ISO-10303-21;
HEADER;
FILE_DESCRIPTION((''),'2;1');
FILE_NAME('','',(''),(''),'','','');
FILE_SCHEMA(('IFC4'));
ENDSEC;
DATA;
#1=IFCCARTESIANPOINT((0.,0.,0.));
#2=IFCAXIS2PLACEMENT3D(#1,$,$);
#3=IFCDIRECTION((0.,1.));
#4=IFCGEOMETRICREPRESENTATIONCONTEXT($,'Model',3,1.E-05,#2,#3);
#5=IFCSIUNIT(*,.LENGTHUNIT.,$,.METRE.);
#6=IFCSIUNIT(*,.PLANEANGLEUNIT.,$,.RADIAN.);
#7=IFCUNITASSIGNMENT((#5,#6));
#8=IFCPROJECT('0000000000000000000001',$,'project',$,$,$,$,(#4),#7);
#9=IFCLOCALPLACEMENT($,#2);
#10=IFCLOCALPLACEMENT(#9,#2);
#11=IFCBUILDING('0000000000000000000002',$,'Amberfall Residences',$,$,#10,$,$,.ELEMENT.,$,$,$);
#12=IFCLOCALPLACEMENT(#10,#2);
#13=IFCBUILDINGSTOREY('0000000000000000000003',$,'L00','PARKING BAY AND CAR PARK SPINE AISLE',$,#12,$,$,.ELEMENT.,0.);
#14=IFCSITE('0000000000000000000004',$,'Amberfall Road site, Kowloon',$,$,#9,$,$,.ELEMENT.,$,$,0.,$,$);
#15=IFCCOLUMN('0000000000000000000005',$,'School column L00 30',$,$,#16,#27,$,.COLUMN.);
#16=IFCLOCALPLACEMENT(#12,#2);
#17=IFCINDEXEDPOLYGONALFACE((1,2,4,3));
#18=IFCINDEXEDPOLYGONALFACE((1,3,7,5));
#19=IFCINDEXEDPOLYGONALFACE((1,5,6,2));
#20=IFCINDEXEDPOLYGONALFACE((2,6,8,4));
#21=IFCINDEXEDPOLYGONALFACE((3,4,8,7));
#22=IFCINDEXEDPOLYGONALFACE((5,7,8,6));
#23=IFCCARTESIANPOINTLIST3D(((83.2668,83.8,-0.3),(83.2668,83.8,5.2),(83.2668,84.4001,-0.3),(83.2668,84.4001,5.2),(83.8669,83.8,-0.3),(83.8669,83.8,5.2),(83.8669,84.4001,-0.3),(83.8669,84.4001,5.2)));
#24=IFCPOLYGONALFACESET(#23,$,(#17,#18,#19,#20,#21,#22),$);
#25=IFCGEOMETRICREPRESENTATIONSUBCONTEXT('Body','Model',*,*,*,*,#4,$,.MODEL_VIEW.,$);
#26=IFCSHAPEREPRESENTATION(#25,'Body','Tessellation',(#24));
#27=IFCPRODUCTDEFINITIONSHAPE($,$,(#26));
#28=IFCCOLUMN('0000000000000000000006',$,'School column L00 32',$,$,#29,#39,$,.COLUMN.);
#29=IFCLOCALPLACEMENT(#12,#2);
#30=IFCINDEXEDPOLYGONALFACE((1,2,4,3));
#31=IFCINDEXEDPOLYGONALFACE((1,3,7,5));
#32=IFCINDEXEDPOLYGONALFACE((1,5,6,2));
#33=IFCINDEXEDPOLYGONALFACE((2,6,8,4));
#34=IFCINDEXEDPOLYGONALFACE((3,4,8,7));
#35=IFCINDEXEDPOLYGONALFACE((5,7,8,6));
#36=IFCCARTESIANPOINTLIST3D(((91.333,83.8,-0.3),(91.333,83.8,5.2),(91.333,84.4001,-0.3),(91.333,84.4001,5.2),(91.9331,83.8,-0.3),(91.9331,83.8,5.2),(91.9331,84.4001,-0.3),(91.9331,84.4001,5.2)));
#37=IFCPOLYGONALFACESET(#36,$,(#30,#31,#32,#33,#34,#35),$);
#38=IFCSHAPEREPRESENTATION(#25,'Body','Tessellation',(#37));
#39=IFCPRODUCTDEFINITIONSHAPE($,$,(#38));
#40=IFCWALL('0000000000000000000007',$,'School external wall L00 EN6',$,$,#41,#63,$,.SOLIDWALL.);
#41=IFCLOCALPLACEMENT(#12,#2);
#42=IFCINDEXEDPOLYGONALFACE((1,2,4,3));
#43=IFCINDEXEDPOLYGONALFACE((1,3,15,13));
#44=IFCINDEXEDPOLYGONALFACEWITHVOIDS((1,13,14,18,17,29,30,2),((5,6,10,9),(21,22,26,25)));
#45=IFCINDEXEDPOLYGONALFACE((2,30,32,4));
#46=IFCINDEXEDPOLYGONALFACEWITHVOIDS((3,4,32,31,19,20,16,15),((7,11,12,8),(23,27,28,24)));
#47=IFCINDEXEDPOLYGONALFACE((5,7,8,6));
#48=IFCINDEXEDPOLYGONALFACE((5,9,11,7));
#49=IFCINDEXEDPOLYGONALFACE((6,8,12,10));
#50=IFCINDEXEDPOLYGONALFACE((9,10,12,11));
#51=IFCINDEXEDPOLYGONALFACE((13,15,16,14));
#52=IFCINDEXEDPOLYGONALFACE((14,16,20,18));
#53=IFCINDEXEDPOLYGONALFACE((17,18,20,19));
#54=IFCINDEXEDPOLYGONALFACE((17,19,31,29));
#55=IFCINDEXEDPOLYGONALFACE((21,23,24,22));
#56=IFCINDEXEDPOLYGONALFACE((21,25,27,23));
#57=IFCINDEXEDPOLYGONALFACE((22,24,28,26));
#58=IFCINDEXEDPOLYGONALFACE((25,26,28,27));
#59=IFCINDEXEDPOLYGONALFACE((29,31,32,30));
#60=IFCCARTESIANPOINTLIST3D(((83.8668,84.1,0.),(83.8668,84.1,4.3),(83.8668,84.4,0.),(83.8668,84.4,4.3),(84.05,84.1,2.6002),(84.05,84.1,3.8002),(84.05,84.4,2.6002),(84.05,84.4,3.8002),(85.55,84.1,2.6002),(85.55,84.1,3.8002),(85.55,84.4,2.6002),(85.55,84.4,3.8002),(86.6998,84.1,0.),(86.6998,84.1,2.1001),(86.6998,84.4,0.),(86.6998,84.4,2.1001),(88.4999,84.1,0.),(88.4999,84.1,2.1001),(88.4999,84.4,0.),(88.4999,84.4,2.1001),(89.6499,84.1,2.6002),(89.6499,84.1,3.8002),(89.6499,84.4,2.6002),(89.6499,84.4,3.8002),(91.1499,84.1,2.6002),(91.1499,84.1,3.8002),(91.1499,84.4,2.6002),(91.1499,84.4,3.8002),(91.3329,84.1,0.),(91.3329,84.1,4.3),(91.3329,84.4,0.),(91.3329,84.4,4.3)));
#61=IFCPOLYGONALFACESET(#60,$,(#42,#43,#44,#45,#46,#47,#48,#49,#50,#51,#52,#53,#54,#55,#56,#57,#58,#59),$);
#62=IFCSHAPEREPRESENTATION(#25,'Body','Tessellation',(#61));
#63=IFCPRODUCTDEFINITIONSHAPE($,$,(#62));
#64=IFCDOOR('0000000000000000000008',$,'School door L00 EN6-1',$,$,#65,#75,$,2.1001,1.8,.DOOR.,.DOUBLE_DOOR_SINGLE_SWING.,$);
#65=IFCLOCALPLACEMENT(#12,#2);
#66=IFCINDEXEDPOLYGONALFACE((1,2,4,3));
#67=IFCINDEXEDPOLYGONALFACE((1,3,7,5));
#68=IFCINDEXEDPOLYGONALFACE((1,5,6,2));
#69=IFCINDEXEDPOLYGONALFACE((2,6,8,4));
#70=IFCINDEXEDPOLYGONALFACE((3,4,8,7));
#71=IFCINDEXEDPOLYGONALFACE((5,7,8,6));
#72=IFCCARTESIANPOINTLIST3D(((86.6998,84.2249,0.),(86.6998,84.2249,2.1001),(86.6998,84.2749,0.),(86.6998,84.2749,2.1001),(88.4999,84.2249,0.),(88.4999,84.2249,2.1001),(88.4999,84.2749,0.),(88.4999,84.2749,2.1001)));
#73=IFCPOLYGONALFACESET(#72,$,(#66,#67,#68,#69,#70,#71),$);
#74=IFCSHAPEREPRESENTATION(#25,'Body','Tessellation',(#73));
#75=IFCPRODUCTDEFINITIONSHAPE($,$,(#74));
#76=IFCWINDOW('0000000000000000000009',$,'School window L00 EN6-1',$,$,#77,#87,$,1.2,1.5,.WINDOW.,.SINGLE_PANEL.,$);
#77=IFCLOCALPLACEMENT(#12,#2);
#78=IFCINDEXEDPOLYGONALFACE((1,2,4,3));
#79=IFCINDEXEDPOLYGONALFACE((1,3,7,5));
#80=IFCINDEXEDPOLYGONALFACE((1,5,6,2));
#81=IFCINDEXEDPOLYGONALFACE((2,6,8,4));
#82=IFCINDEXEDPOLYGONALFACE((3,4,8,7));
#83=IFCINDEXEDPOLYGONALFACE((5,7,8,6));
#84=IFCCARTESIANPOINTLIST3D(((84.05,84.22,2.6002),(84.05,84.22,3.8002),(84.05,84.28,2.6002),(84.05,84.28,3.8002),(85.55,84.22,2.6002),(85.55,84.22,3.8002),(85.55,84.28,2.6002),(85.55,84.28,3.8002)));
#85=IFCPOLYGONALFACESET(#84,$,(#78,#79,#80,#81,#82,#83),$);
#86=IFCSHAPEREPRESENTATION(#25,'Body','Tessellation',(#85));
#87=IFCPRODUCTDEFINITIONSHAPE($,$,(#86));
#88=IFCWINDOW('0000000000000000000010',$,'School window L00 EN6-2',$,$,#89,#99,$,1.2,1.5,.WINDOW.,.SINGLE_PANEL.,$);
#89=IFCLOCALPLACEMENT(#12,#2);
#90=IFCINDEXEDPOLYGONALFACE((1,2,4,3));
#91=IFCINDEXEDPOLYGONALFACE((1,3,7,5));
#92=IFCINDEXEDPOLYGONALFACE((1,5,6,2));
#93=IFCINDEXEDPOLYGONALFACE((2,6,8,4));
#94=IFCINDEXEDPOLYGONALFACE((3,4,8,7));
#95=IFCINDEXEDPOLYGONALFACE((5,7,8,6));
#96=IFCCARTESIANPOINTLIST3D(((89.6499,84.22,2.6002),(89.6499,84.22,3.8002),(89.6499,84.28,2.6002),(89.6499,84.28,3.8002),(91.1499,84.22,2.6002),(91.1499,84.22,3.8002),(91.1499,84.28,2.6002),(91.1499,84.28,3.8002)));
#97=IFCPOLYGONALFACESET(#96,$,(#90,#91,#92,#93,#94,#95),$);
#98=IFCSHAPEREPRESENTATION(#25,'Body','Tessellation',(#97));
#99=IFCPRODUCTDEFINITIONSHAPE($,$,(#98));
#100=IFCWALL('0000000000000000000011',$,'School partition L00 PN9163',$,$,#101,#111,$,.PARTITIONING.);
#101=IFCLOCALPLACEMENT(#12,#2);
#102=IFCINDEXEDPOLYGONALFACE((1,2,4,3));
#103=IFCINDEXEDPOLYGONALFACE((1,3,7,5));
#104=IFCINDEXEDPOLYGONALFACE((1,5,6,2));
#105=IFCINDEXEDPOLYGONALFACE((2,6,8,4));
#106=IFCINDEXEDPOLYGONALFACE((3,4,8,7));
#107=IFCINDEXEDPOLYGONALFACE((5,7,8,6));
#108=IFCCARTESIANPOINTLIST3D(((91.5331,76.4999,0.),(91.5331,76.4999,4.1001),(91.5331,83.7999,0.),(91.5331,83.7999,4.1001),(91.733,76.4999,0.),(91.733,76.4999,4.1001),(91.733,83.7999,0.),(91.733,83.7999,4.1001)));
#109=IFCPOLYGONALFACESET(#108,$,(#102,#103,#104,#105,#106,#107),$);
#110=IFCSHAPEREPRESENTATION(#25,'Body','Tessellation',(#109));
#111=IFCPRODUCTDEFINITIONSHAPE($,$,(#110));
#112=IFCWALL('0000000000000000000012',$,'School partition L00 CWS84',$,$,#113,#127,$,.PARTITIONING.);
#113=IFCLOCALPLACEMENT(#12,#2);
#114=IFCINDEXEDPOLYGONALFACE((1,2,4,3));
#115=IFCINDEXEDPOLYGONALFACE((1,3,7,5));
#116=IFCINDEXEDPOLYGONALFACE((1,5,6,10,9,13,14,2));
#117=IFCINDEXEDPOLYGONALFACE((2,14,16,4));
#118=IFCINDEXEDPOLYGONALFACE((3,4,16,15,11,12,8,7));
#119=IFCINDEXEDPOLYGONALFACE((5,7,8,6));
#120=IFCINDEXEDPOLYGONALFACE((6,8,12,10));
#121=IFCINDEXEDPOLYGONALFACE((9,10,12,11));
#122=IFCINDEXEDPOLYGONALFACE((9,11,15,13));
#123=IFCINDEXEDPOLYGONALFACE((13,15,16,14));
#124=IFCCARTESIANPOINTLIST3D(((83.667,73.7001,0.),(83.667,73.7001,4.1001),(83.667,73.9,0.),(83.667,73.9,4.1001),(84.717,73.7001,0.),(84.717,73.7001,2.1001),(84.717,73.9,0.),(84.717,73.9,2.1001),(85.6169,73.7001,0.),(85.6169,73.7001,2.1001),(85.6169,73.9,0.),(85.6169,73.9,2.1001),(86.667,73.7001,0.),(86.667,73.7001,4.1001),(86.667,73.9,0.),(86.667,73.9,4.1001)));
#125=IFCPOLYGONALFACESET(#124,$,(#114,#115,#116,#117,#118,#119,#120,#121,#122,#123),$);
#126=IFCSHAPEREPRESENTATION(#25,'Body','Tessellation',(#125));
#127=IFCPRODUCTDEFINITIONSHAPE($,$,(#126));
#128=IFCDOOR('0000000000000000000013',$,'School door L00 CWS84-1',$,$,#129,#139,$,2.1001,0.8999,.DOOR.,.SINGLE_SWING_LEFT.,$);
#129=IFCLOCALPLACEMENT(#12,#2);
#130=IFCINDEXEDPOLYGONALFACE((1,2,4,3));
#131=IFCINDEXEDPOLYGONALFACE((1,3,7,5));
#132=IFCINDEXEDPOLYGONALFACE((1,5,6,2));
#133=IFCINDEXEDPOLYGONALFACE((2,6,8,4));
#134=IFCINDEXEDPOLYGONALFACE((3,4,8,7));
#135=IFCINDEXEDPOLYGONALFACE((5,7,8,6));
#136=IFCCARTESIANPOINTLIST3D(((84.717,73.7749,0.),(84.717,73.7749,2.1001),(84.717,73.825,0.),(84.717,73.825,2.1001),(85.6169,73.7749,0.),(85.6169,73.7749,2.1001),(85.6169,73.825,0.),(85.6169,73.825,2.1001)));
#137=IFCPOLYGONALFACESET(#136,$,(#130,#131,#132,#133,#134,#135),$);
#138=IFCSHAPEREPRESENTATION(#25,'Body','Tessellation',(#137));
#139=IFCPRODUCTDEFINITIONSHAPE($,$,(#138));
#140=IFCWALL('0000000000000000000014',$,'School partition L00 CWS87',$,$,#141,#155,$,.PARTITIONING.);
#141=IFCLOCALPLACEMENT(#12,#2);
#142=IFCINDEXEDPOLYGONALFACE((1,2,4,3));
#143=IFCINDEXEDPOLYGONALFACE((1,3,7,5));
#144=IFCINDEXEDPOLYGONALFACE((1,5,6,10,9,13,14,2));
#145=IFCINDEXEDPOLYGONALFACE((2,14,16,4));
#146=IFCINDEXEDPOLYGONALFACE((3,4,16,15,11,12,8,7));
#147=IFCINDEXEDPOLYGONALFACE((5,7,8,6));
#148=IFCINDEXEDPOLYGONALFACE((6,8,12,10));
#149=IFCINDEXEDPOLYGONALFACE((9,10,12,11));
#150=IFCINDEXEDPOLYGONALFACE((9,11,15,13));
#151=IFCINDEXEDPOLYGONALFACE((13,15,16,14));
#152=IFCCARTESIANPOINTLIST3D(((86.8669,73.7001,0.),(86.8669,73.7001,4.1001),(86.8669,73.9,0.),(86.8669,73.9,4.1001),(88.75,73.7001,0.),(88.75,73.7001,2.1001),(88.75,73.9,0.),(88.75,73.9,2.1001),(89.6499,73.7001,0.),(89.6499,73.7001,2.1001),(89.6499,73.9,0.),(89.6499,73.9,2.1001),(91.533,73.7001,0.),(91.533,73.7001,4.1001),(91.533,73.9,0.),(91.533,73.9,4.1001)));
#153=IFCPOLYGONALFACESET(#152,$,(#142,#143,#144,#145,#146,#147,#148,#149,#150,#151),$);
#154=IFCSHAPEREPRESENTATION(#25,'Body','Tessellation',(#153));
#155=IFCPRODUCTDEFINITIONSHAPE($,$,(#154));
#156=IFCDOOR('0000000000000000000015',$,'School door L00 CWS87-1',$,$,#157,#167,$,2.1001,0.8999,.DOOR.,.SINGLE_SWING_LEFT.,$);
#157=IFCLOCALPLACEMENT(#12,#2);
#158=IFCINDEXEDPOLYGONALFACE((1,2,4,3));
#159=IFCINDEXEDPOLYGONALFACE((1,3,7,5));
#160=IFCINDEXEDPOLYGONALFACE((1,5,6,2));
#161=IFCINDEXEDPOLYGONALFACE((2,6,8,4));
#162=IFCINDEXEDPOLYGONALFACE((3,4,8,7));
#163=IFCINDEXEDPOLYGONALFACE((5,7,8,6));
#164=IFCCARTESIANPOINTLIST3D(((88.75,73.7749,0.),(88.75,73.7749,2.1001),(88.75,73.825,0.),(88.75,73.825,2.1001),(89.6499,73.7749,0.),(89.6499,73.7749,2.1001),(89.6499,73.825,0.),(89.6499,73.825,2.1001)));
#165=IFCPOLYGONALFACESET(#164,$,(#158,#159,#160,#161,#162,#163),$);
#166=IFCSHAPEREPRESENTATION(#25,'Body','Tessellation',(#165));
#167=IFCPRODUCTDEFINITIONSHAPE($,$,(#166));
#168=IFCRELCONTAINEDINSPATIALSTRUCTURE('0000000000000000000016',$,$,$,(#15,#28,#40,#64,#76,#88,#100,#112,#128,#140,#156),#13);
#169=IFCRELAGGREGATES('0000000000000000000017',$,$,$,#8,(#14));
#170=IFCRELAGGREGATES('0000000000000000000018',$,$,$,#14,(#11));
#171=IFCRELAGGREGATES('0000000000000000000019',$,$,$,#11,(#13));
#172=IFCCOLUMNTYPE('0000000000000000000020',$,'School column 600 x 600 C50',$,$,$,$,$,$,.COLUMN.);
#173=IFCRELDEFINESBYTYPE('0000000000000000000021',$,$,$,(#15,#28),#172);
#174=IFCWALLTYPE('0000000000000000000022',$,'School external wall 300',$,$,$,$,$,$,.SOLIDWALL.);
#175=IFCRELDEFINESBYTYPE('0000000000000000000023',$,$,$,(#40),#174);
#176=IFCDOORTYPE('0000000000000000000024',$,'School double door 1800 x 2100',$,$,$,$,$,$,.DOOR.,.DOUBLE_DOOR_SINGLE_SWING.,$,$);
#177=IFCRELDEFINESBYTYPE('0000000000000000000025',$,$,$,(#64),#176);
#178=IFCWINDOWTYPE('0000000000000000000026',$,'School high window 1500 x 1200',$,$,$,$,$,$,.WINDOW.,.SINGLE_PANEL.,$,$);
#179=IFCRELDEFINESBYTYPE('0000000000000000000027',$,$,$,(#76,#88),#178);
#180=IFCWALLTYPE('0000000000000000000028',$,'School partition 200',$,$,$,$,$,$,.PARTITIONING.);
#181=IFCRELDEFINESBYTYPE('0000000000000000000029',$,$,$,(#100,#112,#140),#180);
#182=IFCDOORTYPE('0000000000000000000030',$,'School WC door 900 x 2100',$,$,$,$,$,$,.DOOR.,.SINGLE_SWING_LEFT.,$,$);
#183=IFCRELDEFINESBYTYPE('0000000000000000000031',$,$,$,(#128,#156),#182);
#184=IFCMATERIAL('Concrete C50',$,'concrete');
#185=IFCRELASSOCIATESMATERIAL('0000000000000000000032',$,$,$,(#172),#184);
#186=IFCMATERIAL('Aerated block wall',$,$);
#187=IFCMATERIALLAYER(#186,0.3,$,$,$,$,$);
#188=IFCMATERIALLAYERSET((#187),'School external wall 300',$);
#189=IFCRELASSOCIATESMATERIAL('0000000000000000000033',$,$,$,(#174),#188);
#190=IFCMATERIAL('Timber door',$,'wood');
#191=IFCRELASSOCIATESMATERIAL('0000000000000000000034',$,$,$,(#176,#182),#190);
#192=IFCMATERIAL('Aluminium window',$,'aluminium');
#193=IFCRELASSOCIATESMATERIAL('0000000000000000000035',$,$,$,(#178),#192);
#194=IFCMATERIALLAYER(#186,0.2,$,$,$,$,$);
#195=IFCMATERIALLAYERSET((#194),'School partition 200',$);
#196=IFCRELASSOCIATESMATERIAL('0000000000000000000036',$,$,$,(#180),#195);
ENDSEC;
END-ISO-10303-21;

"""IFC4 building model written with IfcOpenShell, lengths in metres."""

from ifc_helpers import new_model, si_unit, direction, frame, frame_2d, origin, origin_2d, place, context, subcontext, project, spatial, rectangle, extrude, material, layer, layer_set, material_profile, profile_set, type_object, element, fill, save


model = new_model("IFC4")

# Units and contexts
model_context = context("Model", 3, precision=1e-05, world=origin(), true_north=direction((0.0, 1.0)))
body_context = subcontext(model_context, "Body", "Model", "MODEL_VIEW")
ifc_project = project(units=[si_unit("LENGTHUNIT", "METRE"), si_unit("PLANEANGLEUNIT", "RADIAN")], contexts=[model_context])

# Site, building, storey
site_placement = place(None, origin())
site = spatial("IfcSite", under=ifc_project, at=site_placement, Name="Amberfall Road site, Kowloon", CompositionType="ELEMENT", RefElevation=0.0)
building_placement = place(site_placement, origin())
building = spatial("IfcBuilding", under=site, at=building_placement, Name="Amberfall Residences", CompositionType="ELEMENT")
storey_placement = place(building_placement, origin())
storey = spatial("IfcBuildingStorey", under=building, at=storey_placement, Name="L00", Description="PARKING BAY AND CAR PARK SPINE AISLE", CompositionType="ELEMENT", Elevation=0.0)

# Columns
ifc_material_1 = material(Name="Concrete C50", Category="concrete")
ifc_material_profile = material_profile(ifc_material_1, rectangle(XDim=0.6001, YDim=0.6001, at=origin_2d()), Name="School column 600 x 600 C50")
ifc_profile_set = profile_set([ifc_material_profile], Name="Concrete C50")
column_type = type_object("IfcColumnType", Name="School column 600 x 600 C50", PredefinedType="COLUMN", material=ifc_profile_set)
for number, where, z_axis, x_axis, name in (
    (1, (83.5669, 84.1001, -0.3), (0.0, 0.0, 1.0), (1.0, 0.0, 0.0), "School column L00 30"),
    (2, (91.6331, 84.1001, -0.3), (0.0, 0.0, 1.0), (1.0, 0.0, 0.0), "School column L00 32"),
):
    element("IfcColumn", number, at=place(storey_placement, frame(where, z_axis=z_axis, x_axis=x_axis)), inside=storey, type_object=column_type, Name=name, PredefinedType="COLUMN", context=body_context, shape_type="SweptSolid", body=[
        extrude(rectangle(XDim=0.6001, YDim=0.6001, at=origin_2d()), origin(), (0.0, 0.0, 1.0), 5.5),
    ])

# Wall, openings, door, windows
ifc_material_2 = material(Name="Aerated block wall")
ifc_layer_1 = layer(ifc_material_2, 0.3)
ifc_layer_set_1 = layer_set([ifc_layer_1], Name="School external wall 300")
wall_type_1 = type_object("IfcWallType", Name="School external wall 300", PredefinedType="SOLIDWALL", material=ifc_layer_set_1)
wall_1_placement = place(storey_placement, frame((83.8669, 84.25, 0.0), z_axis=(0.0, 0.0, 1.0), x_axis=(1.0, 0.0, 0.0)))
wall_1 = element("IfcWall", 3, at=wall_1_placement, inside=storey, type_object=wall_type_1, Name="School external wall L00 EN6", PredefinedType="SOLIDWALL", context=body_context, shape_type="SweptSolid", body=[
    extrude(rectangle(XDim=7.4661, YDim=0.3, at=frame_2d((3.7329, 0.0))), origin(), (0.0, 0.0, 1.0), 4.3),
])
opening_1_placement = place(wall_1_placement, frame((2.833, 0.0, 0.0)))
opening_1 = element("IfcOpeningElement", 4, at=opening_1_placement, cuts=wall_1, PredefinedType="OPENING", context=body_context, shape_type="SweptSolid", body=[
    extrude(rectangle(XDim=1.8, YDim=2.1001, at=frame_2d((0.8999, 1.05))), frame((0.0, 0.1599, 0.0), z_axis=(0.0, -1.0, 0.0), x_axis=(1.0, 0.0, 0.0)), (0.0, 0.0, 1.0), 0.3201),
])
opening_2_placement = place(wall_1_placement, frame((0.1831, 0.0, 2.6001)))
opening_2 = element("IfcOpeningElement", 5, at=opening_2_placement, cuts=wall_1, PredefinedType="OPENING", context=body_context, shape_type="SweptSolid", body=[
    extrude(rectangle(XDim=1.5, YDim=1.2, at=frame_2d((0.75, 0.6001))), frame((0.0, 0.1599, 0.0), z_axis=(0.0, -1.0, 0.0), x_axis=(1.0, 0.0, 0.0)), (0.0, 0.0, 1.0), 0.3201),
])
opening_3_placement = place(wall_1_placement, frame((5.783, 0.0, 2.6001)))
opening_3 = element("IfcOpeningElement", 6, at=opening_3_placement, cuts=wall_1, PredefinedType="OPENING", context=body_context, shape_type="SweptSolid", body=[
    extrude(rectangle(XDim=1.5, YDim=1.2, at=frame_2d((0.75, 0.6001))), frame((0.0, 0.1599, 0.0), z_axis=(0.0, -1.0, 0.0), x_axis=(1.0, 0.0, 0.0)), (0.0, 0.0, 1.0), 0.3201),
])
ifc_material_3 = material(Name="Timber door", Category="wood")
door_type_1 = type_object("IfcDoorType", Name="School double door 1800 x 2100", OperationType="DOUBLE_DOOR_SINGLE_SWING", PredefinedType="DOOR", material=ifc_material_3)
door_1_placement = place(opening_1_placement, origin())
door_1 = element("IfcDoor", 7, at=door_1_placement, inside=storey, type_object=door_type_1, Name="School door L00 EN6-1", OperationType="DOUBLE_DOOR_SINGLE_SWING", OverallHeight=2.1001, OverallWidth=1.8, PredefinedType="DOOR", context=body_context, shape_type="SweptSolid", body=[
    extrude(rectangle(XDim=1.8, YDim=2.1001, at=frame_2d((0.8999, 1.05))), frame((0.0, 0.0249, 0.0), z_axis=(0.0, -1.0, 0.0), x_axis=(1.0, 0.0, 0.0)), (0.0, 0.0, 1.0), 0.05),
])
fill(opening_1, door_1)
ifc_material_4 = material(Name="Aluminium window", Category="aluminium")
window_type = type_object("IfcWindowType", Name="School high window 1500 x 1200", PartitioningType="SINGLE_PANEL", PredefinedType="WINDOW", material=ifc_material_4)
window_1_placement = place(opening_2_placement, origin())
window_1 = element("IfcWindow", 8, at=window_1_placement, inside=storey, type_object=window_type, Name="School window L00 EN6-1", OverallHeight=1.2, OverallWidth=1.5, PartitioningType="SINGLE_PANEL", PredefinedType="WINDOW", context=body_context, shape_type="SweptSolid", body=[
    extrude(rectangle(XDim=1.5, YDim=1.2, at=frame_2d((0.75, 0.6001))), frame((0.0, 0.03, 0.0), z_axis=(0.0, -1.0, 0.0), x_axis=(1.0, 0.0, 0.0)), (0.0, 0.0, 1.0), 0.0601),
])
fill(opening_2, window_1)
window_2_placement = place(opening_3_placement, origin())
window_2 = element("IfcWindow", 9, at=window_2_placement, inside=storey, type_object=window_type, Name="School window L00 EN6-2", OverallHeight=1.2, OverallWidth=1.5, PartitioningType="SINGLE_PANEL", PredefinedType="WINDOW", context=body_context, shape_type="SweptSolid", body=[
    extrude(rectangle(XDim=1.5, YDim=1.2, at=frame_2d((0.75, 0.6001))), frame((0.0, 0.03, 0.0), z_axis=(0.0, -1.0, 0.0), x_axis=(1.0, 0.0, 0.0)), (0.0, 0.0, 1.0), 0.0601),
])
fill(opening_3, window_2)

# Wall
ifc_layer_2 = layer(ifc_material_2, 0.2)
ifc_layer_set_2 = layer_set([ifc_layer_2], Name="School partition 200")
wall_type_2 = type_object("IfcWallType", Name="School partition 200", PredefinedType="PARTITIONING", material=ifc_layer_set_2)
wall_2_placement = place(storey_placement, frame((91.6331, 76.5, 0.0), z_axis=(0.0, 0.0, 1.0), x_axis=(0.0, 1.0, 0.0)))
element("IfcWall", 10, at=wall_2_placement, inside=storey, type_object=wall_type_2, Name="School partition L00 PN9163", PredefinedType="PARTITIONING", context=body_context, shape_type="SweptSolid", body=[
    extrude(rectangle(XDim=7.3, YDim=0.2, at=frame_2d((3.6499, 0.0))), origin(), (0.0, 0.0, 1.0), 4.1001),
])

# Walls, openings, doors
wall_3_placement = place(storey_placement, frame((83.667, 73.8, 0.0), z_axis=(0.0, 0.0, 1.0), x_axis=(1.0, 0.0, 0.0)))
wall_3 = element("IfcWall", 11, at=wall_3_placement, inside=storey, type_object=wall_type_2, Name="School partition L00 CWS84", PredefinedType="PARTITIONING", context=body_context, shape_type="SweptSolid", body=[
    extrude(rectangle(XDim=3.0, YDim=0.2, at=frame_2d((1.5, 0.0))), origin(), (0.0, 0.0, 1.0), 4.1001),
])
opening_4_placement = place(wall_3_placement, frame((1.05, 0.0, 0.0)))
opening_4 = element("IfcOpeningElement", 12, at=opening_4_placement, cuts=wall_3, PredefinedType="OPENING", context=body_context, shape_type="SweptSolid", body=[
    extrude(rectangle(XDim=0.8999, YDim=2.1001, at=frame_2d((0.45, 1.05))), frame((0.0, 0.1099, 0.0), z_axis=(0.0, -1.0, 0.0), x_axis=(1.0, 0.0, 0.0)), (0.0, 0.0, 1.0), 0.22),
])
door_type_2 = type_object("IfcDoorType", Name="School WC door 900 x 2100", OperationType="SINGLE_SWING_LEFT", PredefinedType="DOOR", material=ifc_material_3)
door_2_placement = place(opening_4_placement, origin())
door_2 = element("IfcDoor", 13, at=door_2_placement, inside=storey, type_object=door_type_2, Name="School door L00 CWS84-1", OperationType="SINGLE_SWING_LEFT", OverallHeight=2.1001, OverallWidth=0.8999, PredefinedType="DOOR", context=body_context, shape_type="SweptSolid", body=[
    extrude(rectangle(XDim=0.8999, YDim=2.1001, at=frame_2d((0.45, 1.05))), frame((0.0, 0.0249, 0.0), z_axis=(0.0, -1.0, 0.0), x_axis=(1.0, 0.0, 0.0)), (0.0, 0.0, 1.0), 0.05),
])
fill(opening_4, door_2)
wall_4_placement = place(storey_placement, frame((86.8669, 73.8, 0.0), z_axis=(0.0, 0.0, 1.0), x_axis=(1.0, 0.0, 0.0)))
wall_4 = element("IfcWall", 14, at=wall_4_placement, inside=storey, type_object=wall_type_2, Name="School partition L00 CWS87", PredefinedType="PARTITIONING", context=body_context, shape_type="SweptSolid", body=[
    extrude(rectangle(XDim=4.666, YDim=0.2, at=frame_2d((2.333, 0.0))), origin(), (0.0, 0.0, 1.0), 4.1001),
])
opening_5_placement = place(wall_4_placement, frame((1.8831, 0.0, 0.0)))
opening_5 = element("IfcOpeningElement", 15, at=opening_5_placement, cuts=wall_4, PredefinedType="OPENING", context=body_context, shape_type="SweptSolid", body=[
    extrude(rectangle(XDim=0.8999, YDim=2.1001, at=frame_2d((0.45, 1.05))), frame((0.0, 0.1099, 0.0), z_axis=(0.0, -1.0, 0.0), x_axis=(1.0, 0.0, 0.0)), (0.0, 0.0, 1.0), 0.22),
])
door_3_placement = place(opening_5_placement, origin())
door_3 = element("IfcDoor", 16, at=door_3_placement, inside=storey, type_object=door_type_2, Name="School door L00 CWS87-1", OperationType="SINGLE_SWING_LEFT", OverallHeight=2.1001, OverallWidth=0.8999, PredefinedType="DOOR", context=body_context, shape_type="SweptSolid", body=[
    extrude(rectangle(XDim=0.8999, YDim=2.1001, at=frame_2d((0.45, 1.05))), frame((0.0, 0.0249, 0.0), z_axis=(0.0, -1.0, 0.0), x_axis=(1.0, 0.0, 0.0)), (0.0, 0.0, 1.0), 0.05),
])
fill(opening_5, door_3)

save(model, "model.ifc")
